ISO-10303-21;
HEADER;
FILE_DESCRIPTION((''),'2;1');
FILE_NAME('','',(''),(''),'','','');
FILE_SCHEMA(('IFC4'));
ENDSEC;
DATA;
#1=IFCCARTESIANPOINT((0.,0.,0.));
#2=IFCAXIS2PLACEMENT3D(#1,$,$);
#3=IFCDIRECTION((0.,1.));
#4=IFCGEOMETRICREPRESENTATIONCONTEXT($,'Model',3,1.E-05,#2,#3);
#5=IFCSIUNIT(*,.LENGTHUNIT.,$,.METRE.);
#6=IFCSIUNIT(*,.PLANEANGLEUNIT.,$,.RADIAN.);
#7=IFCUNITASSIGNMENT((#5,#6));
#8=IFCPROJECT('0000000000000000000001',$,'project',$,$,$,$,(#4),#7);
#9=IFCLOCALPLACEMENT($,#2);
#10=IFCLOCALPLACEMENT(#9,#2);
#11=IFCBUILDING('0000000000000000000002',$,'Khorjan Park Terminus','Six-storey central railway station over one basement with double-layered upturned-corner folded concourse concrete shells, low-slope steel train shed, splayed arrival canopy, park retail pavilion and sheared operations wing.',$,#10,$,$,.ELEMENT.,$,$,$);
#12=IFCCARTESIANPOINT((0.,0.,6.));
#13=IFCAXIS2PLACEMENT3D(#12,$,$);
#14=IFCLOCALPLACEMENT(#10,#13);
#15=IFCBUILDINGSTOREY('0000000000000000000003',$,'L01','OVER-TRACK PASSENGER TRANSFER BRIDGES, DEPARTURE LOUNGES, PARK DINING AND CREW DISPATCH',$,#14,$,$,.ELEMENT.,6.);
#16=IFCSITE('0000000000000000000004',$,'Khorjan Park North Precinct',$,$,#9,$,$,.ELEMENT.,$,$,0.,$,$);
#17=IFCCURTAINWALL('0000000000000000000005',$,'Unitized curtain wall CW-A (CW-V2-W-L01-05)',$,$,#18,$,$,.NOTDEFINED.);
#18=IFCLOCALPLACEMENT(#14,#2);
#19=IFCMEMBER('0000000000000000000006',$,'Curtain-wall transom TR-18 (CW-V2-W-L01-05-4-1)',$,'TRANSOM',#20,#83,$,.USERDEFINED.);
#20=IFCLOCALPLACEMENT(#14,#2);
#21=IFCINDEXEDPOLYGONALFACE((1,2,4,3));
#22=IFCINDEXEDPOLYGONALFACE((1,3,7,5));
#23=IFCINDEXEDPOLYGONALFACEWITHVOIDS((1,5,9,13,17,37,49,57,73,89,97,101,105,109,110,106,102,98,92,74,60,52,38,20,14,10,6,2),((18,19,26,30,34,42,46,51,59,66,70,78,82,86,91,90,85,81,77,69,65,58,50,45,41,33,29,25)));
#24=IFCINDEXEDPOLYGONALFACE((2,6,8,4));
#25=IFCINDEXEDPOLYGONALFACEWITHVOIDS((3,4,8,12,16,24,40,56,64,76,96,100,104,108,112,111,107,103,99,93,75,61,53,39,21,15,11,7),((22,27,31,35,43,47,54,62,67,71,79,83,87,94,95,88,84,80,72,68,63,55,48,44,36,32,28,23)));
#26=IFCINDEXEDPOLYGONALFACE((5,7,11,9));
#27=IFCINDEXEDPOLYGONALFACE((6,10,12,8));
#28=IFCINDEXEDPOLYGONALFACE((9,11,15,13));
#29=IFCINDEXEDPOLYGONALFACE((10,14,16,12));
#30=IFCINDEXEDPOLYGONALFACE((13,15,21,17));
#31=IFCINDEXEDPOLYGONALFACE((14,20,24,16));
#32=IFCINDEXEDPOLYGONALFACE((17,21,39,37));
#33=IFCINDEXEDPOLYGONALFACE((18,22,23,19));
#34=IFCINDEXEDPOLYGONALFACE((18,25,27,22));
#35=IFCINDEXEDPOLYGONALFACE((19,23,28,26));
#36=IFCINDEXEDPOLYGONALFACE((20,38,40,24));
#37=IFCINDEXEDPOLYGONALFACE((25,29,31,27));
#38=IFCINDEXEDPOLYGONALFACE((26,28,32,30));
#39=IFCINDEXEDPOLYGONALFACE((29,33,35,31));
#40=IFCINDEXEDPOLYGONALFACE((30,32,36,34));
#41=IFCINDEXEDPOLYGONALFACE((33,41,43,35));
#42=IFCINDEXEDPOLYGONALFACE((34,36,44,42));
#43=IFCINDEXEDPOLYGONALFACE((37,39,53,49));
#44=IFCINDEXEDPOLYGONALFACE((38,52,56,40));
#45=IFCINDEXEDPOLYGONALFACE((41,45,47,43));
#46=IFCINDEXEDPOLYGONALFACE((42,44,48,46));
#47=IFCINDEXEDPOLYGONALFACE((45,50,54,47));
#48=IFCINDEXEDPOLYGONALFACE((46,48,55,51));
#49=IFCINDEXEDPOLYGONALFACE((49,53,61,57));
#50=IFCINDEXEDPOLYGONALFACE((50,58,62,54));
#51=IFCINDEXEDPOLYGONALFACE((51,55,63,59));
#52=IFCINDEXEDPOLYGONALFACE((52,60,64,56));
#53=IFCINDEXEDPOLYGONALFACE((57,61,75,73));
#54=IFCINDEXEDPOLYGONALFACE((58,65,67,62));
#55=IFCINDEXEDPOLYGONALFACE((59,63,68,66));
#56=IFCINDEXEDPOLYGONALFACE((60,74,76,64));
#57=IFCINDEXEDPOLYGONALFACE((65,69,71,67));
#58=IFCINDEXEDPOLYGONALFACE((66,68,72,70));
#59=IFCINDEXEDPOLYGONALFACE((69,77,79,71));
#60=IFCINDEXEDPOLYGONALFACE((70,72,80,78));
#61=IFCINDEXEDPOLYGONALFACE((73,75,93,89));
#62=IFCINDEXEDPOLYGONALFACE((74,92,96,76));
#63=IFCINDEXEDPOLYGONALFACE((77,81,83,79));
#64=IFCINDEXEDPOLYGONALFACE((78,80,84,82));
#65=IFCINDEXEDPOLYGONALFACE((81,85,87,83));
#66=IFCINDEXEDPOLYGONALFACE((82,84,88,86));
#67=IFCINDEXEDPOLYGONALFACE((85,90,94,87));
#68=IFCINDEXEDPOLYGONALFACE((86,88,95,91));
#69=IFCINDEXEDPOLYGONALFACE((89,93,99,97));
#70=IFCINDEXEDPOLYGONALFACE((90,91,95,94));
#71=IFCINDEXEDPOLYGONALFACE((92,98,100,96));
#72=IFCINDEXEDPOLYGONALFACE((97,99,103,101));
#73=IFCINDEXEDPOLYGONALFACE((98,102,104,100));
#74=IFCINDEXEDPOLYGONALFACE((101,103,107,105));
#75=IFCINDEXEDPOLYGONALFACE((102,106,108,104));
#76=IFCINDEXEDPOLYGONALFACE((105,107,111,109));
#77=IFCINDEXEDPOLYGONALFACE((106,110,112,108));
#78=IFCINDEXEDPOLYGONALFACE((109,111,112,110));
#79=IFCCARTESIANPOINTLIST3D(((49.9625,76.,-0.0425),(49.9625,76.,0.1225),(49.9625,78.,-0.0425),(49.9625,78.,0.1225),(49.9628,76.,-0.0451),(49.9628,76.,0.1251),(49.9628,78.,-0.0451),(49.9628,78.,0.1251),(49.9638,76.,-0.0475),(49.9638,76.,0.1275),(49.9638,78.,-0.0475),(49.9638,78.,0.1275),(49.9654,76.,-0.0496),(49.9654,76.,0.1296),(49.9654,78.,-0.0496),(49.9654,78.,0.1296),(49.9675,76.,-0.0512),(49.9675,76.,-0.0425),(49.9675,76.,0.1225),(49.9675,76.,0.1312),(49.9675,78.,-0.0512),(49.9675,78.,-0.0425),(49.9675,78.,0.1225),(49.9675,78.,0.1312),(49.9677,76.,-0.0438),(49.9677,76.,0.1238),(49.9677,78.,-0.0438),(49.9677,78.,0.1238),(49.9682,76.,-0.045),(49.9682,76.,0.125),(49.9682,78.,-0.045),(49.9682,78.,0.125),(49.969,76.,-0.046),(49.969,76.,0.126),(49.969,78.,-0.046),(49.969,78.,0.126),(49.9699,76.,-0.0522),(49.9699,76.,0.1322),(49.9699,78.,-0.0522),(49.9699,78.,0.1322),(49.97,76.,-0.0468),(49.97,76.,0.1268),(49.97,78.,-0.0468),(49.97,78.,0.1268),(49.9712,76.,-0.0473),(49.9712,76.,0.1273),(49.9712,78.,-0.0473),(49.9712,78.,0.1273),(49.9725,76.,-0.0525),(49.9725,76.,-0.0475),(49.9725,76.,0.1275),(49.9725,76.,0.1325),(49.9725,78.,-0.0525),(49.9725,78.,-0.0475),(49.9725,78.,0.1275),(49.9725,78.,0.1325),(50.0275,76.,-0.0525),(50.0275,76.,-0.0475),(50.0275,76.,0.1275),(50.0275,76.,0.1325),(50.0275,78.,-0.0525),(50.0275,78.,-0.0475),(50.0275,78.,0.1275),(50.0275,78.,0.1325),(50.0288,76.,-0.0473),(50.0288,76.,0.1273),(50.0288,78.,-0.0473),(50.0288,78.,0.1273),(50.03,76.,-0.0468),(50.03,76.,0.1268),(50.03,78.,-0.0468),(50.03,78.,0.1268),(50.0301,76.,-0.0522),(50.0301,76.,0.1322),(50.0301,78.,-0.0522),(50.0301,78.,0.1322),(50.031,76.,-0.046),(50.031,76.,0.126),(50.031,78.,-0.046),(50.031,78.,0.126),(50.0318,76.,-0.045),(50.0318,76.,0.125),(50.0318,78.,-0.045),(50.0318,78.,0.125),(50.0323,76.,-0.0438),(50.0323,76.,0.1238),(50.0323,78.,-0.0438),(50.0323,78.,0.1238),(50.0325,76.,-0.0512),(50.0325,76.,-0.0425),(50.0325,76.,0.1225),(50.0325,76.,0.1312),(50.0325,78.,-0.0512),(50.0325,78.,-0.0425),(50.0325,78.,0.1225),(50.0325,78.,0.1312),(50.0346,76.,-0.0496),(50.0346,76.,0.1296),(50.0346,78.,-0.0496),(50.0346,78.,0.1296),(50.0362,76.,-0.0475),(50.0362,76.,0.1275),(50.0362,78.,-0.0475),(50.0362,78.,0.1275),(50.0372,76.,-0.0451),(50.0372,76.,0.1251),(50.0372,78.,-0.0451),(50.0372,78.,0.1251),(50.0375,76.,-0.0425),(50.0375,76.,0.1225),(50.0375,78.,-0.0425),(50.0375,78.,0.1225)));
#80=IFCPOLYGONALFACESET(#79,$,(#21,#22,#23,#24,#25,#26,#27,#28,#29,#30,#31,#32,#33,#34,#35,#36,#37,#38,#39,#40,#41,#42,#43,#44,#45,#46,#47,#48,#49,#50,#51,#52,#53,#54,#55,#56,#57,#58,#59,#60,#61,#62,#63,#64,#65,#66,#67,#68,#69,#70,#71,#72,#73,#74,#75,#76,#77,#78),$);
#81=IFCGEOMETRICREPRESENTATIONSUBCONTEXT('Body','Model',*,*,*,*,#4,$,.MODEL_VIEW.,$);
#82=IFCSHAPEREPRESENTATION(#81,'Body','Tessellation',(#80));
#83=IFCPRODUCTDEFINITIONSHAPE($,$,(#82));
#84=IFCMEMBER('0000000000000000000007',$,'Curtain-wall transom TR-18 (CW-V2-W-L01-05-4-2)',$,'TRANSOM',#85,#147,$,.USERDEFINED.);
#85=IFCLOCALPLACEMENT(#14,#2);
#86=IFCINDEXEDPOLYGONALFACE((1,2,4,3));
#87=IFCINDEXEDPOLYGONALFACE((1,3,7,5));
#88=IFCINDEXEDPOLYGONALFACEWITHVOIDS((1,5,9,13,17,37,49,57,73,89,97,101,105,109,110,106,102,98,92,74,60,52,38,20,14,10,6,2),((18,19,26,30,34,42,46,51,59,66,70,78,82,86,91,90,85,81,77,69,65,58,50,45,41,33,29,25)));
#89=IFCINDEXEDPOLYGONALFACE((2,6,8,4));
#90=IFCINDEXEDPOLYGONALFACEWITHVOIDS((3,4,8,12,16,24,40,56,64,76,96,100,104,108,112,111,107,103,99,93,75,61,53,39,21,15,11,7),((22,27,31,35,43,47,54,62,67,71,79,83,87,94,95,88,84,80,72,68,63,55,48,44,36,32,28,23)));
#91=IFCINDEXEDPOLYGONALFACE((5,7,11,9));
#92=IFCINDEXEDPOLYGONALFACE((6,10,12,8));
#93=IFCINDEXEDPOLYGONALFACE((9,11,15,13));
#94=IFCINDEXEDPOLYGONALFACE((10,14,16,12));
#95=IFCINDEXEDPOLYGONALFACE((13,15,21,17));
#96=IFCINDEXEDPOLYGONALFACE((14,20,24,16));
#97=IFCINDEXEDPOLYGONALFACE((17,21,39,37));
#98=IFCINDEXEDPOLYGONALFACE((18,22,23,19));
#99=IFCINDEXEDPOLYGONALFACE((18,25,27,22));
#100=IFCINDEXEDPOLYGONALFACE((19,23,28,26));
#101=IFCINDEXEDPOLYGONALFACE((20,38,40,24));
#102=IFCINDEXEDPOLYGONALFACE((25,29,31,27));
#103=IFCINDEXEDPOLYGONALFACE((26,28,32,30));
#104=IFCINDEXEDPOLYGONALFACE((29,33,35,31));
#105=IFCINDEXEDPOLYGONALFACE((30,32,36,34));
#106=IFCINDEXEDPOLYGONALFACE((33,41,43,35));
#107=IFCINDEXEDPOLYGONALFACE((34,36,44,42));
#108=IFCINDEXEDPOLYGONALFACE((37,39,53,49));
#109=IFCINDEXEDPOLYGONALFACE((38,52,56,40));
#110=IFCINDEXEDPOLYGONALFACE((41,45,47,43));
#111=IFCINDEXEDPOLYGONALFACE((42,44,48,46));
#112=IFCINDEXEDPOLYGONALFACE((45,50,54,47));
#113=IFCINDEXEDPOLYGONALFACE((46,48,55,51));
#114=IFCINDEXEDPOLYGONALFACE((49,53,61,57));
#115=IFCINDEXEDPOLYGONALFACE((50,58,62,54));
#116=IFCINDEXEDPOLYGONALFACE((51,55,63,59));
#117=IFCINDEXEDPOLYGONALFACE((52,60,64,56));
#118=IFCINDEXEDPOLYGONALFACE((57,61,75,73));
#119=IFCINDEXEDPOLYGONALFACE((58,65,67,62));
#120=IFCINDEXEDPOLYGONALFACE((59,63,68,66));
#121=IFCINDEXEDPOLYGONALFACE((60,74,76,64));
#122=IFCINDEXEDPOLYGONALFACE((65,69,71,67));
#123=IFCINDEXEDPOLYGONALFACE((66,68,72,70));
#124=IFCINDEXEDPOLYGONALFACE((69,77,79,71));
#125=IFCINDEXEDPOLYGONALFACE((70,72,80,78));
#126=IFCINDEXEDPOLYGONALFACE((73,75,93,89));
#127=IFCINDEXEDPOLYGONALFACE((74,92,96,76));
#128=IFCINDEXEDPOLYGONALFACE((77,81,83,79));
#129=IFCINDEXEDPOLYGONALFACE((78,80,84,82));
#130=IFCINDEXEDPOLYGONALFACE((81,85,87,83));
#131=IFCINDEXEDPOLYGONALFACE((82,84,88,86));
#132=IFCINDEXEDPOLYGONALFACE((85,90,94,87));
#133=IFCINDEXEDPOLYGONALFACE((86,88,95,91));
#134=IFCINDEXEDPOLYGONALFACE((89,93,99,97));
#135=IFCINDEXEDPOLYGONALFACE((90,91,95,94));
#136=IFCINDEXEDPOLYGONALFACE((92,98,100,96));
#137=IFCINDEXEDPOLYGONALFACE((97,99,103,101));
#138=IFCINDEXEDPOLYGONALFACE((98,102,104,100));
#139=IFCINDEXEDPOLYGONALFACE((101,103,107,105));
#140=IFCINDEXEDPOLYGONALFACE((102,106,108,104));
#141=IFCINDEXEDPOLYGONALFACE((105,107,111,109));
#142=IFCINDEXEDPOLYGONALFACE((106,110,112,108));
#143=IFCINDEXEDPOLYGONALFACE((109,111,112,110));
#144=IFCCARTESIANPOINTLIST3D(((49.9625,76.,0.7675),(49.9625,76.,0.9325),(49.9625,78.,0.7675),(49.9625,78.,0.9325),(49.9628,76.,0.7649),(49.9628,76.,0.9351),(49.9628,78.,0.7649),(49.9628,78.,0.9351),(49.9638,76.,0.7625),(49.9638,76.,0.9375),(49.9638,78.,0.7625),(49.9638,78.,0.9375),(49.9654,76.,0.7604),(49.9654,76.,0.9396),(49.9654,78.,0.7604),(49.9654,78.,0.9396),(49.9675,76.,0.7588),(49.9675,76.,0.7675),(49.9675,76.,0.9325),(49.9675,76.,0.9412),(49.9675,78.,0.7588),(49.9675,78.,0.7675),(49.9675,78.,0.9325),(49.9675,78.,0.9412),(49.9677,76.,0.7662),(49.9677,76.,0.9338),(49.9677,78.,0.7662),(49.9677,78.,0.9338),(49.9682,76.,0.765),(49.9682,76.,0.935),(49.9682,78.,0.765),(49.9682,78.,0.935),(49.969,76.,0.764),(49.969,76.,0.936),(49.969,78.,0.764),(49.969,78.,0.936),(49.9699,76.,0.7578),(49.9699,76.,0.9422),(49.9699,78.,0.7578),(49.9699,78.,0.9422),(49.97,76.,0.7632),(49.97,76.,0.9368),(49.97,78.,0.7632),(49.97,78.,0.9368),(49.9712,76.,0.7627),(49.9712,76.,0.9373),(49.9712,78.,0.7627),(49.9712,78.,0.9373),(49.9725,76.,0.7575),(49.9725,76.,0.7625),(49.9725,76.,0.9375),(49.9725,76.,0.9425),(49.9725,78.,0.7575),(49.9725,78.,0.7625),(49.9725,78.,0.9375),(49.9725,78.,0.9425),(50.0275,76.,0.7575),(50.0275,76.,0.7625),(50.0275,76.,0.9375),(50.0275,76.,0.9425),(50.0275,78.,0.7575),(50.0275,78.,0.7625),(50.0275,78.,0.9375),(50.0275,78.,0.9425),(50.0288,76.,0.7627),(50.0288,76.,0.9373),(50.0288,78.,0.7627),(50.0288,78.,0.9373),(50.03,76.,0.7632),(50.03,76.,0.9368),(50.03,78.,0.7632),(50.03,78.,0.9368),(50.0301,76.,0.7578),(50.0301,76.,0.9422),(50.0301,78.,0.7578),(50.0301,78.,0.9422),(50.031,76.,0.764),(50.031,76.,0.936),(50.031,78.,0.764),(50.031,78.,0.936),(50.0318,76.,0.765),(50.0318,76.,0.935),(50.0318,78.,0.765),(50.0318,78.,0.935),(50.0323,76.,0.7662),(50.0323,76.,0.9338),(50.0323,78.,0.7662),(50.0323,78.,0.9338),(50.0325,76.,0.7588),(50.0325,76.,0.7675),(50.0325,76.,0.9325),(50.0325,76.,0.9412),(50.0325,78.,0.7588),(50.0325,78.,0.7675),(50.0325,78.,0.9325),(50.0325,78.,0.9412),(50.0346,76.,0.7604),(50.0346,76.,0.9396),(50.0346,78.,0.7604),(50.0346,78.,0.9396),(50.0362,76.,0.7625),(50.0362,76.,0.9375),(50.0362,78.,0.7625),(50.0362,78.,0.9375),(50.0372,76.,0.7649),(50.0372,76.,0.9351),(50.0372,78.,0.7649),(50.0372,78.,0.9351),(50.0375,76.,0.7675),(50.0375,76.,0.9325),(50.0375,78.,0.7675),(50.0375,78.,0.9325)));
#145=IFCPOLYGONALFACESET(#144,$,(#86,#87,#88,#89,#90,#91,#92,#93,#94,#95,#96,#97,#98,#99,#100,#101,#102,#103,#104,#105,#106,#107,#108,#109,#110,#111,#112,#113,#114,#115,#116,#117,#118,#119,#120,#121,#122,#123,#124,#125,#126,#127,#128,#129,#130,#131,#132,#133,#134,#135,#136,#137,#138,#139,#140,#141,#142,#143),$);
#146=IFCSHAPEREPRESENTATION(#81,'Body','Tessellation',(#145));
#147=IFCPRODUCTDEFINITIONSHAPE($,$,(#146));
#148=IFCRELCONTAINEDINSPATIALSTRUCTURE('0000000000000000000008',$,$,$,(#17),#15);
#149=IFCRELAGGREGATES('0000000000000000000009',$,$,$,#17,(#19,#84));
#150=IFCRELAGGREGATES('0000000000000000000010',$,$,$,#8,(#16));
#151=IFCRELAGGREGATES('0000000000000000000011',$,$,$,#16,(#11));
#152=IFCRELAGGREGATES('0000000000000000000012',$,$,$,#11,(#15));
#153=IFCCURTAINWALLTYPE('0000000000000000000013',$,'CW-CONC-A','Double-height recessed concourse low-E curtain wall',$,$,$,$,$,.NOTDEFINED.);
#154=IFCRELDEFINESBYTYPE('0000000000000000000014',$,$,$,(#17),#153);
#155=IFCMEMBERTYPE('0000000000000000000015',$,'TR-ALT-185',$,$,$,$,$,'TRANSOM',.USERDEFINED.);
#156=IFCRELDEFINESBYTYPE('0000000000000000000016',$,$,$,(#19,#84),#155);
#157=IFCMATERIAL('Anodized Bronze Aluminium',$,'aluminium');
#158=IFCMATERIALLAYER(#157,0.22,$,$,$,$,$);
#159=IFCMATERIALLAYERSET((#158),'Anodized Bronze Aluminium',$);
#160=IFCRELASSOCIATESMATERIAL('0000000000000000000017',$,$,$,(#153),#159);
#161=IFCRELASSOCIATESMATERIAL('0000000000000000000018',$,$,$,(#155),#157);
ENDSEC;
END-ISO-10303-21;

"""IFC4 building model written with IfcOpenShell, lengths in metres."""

from ifc_helpers import new_model, si_unit, direction, frame, origin, origin_2d, place, context, subcontext, project, spatial, hollow_rectangle, extrude, material, layer, layer_set, material_profile, profile_set, type_object, element, aggregate, save


model = new_model("IFC4")

# Units and contexts
model_context = context("Model", 3, precision=1e-05, world=origin(), true_north=direction((0.0, 1.0)))
body_context = subcontext(model_context, "Body", "Model", "MODEL_VIEW")
ifc_project = project(units=[si_unit("LENGTHUNIT", "METRE"), si_unit("PLANEANGLEUNIT", "RADIAN")], contexts=[model_context])

# Site, building, storey
site_placement = place(None, origin())
site = spatial("IfcSite", under=ifc_project, at=site_placement, Name="Khorjan Park North Precinct", CompositionType="ELEMENT", RefElevation=0.0)
building_placement = place(site_placement, origin())
building = spatial("IfcBuilding", under=site, at=building_placement, Name="Khorjan Park Terminus", Description="Six-storey central railway station over one basement with double-layered upturned-corner folded concourse concrete shells, low-slope steel train shed, splayed arrival canopy, park retail pavilion and sheared operations wing.", CompositionType="ELEMENT")
storey_placement = place(building_placement, frame((0.0, 0.0, 6.0)))
storey = spatial("IfcBuildingStorey", under=building, at=storey_placement, Name="L01", Description="OVER-TRACK PASSENGER TRANSFER BRIDGES, DEPARTURE LOUNGES, PARK DINING AND CREW DISPATCH", CompositionType="ELEMENT", Elevation=6.0)

# Shared definitions
ifc_material_1 = material(Name="Anodized Bronze Aluminium", Category="aluminium")
ifc_layer_1 = layer(ifc_material_1, 0.22)
ifc_layer_set_1 = layer_set([ifc_layer_1], Name="Anodized Bronze Aluminium")
curtain_wall_type = type_object("IfcCurtainWallType", Name="CW-CONC-A", Description="Double-height recessed concourse low-E curtain wall", PredefinedType="NOTDEFINED", material=ifc_layer_set_1)

# Curtain wall
curtain_wall_1_placement = place(storey_placement, origin())
curtain_wall_1 = element("IfcCurtainWall", 1, at=curtain_wall_1_placement, inside=storey, type_object=curtain_wall_type, Name="Unitized curtain wall CW-A (CW-V2-W-L01-05)", PredefinedType="NOTDEFINED")

# Members
ifc_material_profile_1 = material_profile(ifc_material_1, hollow_rectangle(XDim=0.075, YDim=0.185, WallThickness=0.005, InnerFilletRadius=0.005, OuterFilletRadius=0.01, at=origin_2d()), Name="ALT 75x185x5")
ifc_profile_set_1 = profile_set([ifc_material_profile_1], Name="Anodized Bronze Aluminium")
member_type_1 = type_object("IfcMemberType", Name="TR-ALT-185", ElementType="TRANSOM", PredefinedType="USERDEFINED", material=ifc_profile_set_1)
member_1_placement = place(storey_placement, frame((50.0, 78.0, 0.04), z_axis=(0.0, -1.0, 0.0), x_axis=(1.0, 0.0, 0.0)))
member_1 = element("IfcMember", 2, at=member_1_placement, type_object=member_type_1, Name="Curtain-wall transom TR-18 (CW-V2-W-L01-05-4-1)", ObjectType="TRANSOM", PredefinedType="USERDEFINED", context=body_context, shape_type="SweptSolid", body=[
    extrude(hollow_rectangle(XDim=0.075, YDim=0.185, WallThickness=0.005, InnerFilletRadius=0.005, OuterFilletRadius=0.01, at=origin_2d()), origin(), (0.0, 0.0, 1.0), 2.0),
])
member_2_placement = place(storey_placement, frame((50.0, 78.0, 0.85), z_axis=(0.0, -1.0, 0.0), x_axis=(1.0, 0.0, 0.0)))
member_2 = element("IfcMember", 3, at=member_2_placement, type_object=member_type_1, Name="Curtain-wall transom TR-18 (CW-V2-W-L01-05-4-2)", ObjectType="TRANSOM", PredefinedType="USERDEFINED", context=body_context, shape_type="SweptSolid", body=[
    extrude(hollow_rectangle(XDim=0.075, YDim=0.185, WallThickness=0.005, InnerFilletRadius=0.005, OuterFilletRadius=0.01, at=origin_2d()), origin(), (0.0, 0.0, 1.0), 2.0),
])

aggregate(curtain_wall_1, [member_1, member_2])

save(model, "model.ifc")
